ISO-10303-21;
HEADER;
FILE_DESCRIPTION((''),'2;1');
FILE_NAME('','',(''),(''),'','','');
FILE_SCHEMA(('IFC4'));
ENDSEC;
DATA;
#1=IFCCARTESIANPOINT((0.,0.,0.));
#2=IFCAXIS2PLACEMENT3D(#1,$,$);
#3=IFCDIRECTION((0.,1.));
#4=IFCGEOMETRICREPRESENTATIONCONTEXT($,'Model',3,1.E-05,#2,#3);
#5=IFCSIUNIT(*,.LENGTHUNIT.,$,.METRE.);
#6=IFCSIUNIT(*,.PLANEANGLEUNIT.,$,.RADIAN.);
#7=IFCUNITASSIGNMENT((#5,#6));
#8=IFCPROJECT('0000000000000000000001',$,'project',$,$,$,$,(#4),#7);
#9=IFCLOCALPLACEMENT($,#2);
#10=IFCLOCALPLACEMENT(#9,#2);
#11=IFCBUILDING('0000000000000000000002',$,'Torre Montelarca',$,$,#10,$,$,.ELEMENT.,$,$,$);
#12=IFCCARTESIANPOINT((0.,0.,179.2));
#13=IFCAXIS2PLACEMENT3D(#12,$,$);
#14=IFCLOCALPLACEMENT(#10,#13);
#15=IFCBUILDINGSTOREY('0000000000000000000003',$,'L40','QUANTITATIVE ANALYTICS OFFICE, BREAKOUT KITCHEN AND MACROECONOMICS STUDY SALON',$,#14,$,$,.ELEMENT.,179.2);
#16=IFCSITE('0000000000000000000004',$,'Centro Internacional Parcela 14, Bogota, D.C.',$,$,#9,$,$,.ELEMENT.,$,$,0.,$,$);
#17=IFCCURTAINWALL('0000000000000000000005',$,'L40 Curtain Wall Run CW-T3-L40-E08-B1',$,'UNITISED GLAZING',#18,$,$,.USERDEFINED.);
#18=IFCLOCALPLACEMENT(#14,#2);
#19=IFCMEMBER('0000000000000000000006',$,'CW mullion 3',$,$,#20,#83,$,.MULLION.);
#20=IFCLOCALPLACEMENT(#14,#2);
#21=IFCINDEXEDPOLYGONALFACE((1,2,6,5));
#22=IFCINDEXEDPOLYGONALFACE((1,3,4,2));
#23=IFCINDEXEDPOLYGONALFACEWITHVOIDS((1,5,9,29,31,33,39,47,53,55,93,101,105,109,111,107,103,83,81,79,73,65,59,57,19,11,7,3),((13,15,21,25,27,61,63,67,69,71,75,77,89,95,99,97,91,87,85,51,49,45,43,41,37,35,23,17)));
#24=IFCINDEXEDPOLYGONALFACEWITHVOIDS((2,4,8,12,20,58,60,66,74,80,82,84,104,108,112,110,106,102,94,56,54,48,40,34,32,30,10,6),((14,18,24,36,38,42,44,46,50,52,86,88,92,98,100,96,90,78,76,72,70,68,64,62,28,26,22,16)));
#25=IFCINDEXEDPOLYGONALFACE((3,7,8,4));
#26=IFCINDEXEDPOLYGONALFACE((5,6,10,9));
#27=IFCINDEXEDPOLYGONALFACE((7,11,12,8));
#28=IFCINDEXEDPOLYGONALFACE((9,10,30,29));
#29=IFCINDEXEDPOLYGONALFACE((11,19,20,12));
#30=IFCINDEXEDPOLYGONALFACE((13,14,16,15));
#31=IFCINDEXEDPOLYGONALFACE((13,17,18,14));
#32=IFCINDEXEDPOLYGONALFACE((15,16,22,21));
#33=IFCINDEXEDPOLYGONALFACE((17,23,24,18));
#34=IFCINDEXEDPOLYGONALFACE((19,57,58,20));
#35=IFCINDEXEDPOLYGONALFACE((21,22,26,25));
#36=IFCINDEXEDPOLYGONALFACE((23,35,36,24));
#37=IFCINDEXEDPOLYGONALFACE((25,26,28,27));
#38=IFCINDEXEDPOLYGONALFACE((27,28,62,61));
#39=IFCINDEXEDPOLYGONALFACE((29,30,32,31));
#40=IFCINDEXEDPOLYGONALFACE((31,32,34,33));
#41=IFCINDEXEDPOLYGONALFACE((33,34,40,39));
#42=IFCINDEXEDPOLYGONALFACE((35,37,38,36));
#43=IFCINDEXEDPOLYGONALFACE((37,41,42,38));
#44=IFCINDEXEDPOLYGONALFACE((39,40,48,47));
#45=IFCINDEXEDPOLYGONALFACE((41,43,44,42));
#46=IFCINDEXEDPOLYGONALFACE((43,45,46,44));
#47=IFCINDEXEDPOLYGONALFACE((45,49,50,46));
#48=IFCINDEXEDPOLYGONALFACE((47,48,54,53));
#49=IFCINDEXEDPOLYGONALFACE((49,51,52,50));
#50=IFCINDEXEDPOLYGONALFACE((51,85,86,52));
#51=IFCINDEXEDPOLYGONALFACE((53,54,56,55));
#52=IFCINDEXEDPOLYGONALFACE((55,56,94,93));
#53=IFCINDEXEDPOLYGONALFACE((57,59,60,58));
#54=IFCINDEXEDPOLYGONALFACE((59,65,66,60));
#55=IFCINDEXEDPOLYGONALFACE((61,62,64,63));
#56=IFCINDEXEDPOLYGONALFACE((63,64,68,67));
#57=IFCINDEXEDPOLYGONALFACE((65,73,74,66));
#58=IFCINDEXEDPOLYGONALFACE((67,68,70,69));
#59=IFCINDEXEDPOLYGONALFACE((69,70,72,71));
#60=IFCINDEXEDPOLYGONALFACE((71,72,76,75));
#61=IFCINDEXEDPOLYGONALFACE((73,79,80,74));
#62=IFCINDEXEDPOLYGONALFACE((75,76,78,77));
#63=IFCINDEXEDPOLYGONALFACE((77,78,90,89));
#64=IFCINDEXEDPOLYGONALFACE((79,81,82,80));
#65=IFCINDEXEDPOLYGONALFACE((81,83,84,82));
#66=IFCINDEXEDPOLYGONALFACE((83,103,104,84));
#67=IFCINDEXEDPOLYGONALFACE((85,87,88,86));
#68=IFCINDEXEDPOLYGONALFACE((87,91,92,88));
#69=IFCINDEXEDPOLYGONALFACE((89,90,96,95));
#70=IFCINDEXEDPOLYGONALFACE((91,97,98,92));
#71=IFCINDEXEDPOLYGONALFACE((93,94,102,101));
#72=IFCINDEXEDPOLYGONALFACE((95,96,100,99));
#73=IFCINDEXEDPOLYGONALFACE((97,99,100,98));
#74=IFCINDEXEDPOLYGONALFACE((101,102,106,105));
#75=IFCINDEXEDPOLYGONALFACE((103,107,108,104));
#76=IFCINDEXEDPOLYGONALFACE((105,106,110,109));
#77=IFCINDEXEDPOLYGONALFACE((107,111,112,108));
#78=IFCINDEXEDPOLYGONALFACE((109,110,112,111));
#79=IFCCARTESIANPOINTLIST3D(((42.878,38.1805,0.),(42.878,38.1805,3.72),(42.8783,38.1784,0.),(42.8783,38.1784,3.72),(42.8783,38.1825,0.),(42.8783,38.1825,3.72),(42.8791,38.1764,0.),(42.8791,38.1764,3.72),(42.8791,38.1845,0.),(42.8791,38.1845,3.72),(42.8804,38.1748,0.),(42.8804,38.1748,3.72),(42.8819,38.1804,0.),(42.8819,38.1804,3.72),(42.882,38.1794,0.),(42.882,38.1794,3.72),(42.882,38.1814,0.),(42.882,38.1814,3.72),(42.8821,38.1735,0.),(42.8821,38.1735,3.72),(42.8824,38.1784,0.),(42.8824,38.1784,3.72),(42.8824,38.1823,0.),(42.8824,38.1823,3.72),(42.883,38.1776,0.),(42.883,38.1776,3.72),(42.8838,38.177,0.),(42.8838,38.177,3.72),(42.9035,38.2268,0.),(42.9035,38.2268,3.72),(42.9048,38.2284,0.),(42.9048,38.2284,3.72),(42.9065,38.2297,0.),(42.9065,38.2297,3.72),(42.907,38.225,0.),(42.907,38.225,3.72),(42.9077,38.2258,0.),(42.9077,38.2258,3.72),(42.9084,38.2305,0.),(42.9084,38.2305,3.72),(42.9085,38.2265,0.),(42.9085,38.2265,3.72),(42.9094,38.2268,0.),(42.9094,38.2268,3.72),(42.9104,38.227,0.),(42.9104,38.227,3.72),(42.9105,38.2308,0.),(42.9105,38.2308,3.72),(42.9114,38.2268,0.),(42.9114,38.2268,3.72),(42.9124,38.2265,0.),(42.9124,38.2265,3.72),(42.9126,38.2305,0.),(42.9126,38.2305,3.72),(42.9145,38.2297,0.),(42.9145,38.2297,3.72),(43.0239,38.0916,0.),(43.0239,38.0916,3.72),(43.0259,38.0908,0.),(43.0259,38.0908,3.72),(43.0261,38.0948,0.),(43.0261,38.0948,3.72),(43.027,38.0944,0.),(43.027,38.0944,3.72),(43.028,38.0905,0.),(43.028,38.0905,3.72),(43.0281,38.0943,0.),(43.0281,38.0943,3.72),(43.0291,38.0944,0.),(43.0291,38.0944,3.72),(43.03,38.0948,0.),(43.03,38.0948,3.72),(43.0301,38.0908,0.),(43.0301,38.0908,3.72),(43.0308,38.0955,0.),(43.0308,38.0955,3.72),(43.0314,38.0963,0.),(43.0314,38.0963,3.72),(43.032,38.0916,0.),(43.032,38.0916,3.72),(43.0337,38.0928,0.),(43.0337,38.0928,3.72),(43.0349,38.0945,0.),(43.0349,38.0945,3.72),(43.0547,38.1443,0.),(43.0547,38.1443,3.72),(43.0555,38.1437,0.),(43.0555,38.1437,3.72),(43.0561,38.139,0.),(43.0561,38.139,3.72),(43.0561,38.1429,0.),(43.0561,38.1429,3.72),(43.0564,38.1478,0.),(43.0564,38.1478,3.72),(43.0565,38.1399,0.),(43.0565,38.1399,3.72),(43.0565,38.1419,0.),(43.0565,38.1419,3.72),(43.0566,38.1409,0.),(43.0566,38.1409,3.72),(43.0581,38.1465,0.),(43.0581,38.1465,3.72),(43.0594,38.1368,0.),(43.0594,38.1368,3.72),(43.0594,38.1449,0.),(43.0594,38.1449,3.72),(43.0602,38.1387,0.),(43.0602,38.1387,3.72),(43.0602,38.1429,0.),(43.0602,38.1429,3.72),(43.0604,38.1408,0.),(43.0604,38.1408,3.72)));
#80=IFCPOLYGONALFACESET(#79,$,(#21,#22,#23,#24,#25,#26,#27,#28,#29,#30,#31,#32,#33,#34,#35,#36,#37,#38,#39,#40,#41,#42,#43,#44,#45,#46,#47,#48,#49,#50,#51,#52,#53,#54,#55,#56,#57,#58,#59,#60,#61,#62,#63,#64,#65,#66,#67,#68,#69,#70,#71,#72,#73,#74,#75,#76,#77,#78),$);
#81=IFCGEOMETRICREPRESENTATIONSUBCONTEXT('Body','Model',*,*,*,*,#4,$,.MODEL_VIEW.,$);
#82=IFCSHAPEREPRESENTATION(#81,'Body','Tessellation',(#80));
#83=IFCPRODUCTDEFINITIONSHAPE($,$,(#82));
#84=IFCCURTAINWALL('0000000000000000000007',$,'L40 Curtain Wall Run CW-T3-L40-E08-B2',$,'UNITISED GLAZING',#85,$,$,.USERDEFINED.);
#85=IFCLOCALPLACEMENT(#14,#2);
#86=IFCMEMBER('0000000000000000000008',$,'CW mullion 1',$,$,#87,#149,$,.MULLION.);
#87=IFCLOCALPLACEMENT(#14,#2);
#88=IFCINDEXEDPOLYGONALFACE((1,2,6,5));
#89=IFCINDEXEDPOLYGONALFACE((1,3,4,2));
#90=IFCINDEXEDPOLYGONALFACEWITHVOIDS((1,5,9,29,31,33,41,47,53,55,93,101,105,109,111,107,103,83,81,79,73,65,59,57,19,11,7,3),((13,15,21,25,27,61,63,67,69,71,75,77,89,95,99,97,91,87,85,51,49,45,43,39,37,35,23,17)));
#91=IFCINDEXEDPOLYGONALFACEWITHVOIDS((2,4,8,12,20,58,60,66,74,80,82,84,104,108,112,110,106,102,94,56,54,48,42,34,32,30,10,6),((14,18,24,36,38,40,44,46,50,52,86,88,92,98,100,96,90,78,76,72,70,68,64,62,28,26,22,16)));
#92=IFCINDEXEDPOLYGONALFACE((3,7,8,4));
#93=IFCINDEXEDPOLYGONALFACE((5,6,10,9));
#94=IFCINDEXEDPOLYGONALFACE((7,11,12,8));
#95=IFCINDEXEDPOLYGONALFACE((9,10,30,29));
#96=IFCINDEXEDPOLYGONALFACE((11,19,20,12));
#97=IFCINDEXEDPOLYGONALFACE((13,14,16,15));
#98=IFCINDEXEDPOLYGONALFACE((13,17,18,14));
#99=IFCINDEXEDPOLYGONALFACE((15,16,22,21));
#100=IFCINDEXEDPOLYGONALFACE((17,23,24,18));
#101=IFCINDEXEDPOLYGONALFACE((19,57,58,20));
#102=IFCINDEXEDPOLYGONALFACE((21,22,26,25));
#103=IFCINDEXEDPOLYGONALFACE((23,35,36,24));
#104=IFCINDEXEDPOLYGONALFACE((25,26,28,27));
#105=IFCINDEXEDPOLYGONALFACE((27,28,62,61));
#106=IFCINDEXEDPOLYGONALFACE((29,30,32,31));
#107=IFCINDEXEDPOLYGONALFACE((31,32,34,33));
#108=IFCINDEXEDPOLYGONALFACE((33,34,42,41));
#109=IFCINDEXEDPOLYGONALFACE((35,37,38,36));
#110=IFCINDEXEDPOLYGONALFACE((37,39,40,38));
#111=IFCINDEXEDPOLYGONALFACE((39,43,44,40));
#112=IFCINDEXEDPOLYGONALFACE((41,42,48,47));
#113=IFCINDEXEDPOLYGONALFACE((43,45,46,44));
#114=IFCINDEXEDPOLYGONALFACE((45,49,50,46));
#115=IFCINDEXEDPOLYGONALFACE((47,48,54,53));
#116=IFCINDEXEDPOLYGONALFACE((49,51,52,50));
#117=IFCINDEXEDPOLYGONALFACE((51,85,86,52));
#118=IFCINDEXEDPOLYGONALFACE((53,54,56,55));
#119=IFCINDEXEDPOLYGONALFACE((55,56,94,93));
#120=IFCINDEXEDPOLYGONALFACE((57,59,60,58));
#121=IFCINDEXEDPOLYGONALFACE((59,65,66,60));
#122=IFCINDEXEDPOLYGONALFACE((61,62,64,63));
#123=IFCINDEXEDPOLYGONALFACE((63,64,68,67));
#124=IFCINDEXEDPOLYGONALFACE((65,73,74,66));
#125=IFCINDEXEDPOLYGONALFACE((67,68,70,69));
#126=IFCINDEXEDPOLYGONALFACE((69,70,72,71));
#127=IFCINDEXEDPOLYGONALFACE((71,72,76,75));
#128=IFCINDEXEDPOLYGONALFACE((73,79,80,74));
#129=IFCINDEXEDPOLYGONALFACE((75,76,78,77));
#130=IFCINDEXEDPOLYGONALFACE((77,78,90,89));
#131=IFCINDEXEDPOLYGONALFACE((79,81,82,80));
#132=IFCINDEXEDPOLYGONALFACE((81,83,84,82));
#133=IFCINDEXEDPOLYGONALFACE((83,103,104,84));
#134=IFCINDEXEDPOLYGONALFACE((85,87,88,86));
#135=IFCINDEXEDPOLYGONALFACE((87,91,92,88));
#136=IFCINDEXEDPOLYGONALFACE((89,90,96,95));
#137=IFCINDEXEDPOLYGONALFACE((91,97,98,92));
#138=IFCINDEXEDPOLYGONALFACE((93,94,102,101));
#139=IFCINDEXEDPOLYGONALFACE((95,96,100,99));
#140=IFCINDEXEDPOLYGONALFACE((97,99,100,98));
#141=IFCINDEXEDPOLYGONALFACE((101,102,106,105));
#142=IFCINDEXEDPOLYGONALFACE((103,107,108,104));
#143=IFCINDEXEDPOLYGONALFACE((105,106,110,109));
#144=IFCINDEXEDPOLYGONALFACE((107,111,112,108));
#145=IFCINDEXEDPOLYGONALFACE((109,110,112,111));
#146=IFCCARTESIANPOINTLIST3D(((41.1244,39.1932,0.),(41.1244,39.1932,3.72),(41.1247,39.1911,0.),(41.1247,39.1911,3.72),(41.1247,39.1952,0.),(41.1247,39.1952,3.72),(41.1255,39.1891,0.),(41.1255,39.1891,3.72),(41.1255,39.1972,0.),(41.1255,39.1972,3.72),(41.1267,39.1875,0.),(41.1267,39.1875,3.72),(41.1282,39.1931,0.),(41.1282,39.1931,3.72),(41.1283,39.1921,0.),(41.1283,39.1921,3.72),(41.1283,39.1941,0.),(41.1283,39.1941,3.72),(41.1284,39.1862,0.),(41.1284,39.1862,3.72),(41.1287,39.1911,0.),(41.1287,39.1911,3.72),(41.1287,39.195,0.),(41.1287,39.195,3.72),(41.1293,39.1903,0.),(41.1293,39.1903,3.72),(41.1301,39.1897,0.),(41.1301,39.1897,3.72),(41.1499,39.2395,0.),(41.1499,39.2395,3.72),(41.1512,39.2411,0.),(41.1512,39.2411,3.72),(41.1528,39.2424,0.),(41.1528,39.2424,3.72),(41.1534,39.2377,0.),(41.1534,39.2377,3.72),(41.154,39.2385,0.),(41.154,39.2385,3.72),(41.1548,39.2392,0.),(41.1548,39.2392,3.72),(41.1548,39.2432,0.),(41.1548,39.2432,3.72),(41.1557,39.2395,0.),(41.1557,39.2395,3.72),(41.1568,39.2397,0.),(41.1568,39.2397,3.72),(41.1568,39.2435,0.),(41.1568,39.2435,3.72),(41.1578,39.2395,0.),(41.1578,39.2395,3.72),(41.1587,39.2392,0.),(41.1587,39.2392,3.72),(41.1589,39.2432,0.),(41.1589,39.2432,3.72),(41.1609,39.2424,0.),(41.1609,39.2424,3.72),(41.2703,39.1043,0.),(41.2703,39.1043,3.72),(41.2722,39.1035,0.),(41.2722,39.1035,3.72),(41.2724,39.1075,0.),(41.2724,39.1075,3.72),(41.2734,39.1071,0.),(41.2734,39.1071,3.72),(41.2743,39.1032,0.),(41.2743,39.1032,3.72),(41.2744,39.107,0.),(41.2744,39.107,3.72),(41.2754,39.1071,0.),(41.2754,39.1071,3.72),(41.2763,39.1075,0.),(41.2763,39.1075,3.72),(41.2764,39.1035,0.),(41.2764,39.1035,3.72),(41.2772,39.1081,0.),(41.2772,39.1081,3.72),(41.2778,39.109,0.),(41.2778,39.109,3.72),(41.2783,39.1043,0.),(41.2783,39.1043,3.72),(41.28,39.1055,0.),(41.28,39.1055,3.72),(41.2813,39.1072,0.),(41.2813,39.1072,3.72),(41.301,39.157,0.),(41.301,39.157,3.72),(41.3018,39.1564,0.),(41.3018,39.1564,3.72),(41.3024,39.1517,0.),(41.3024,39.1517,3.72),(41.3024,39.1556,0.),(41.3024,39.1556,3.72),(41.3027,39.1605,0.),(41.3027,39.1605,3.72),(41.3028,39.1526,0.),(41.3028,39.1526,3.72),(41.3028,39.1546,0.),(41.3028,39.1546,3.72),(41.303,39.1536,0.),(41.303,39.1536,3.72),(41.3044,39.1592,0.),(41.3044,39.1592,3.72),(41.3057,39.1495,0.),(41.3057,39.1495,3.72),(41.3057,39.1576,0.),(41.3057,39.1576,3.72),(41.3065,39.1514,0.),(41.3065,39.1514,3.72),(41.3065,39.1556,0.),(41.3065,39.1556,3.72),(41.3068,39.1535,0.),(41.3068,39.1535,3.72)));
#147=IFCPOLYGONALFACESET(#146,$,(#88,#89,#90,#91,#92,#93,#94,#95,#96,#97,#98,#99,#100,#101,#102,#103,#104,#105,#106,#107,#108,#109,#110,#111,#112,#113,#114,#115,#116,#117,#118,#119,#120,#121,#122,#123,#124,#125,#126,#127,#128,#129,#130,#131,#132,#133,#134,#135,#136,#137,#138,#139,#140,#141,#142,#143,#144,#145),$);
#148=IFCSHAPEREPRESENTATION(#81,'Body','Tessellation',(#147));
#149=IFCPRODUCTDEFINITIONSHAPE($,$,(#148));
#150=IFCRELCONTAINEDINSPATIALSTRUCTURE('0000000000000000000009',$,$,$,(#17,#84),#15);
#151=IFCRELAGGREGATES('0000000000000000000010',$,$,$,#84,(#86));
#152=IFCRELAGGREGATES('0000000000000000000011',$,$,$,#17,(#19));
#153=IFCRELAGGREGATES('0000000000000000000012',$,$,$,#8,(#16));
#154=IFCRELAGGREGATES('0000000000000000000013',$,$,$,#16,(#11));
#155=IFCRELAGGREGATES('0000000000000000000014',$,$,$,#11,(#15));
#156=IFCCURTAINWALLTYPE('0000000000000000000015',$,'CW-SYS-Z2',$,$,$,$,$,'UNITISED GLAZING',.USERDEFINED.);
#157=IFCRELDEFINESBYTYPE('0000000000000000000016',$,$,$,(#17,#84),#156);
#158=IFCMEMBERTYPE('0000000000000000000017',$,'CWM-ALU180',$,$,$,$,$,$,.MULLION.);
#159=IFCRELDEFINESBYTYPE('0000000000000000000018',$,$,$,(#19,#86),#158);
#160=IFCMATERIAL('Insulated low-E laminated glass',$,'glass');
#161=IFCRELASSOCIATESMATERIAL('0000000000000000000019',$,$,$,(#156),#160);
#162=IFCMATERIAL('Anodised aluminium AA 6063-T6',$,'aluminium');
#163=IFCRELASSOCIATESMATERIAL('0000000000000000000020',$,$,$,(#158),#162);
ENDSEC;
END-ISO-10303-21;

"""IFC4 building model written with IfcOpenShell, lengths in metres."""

from ifc_helpers import new_model, si_unit, direction, frame, origin, origin_2d, place, context, subcontext, project, spatial, hollow_rectangle, extrude, source, transform, mapped, material, material_profile, profile_set, type_object, element, aggregate, save


model = new_model("IFC4")

# Units and contexts
model_context = context("Model", 3, precision=1e-05, world=origin(), true_north=direction((0.0, 1.0)))
body_context = subcontext(model_context, "Body", "Model", "MODEL_VIEW")
ifc_project = project(units=[si_unit("LENGTHUNIT", "METRE"), si_unit("PLANEANGLEUNIT", "RADIAN")], contexts=[model_context])

# Site, building, storey
site_placement = place(None, origin())
site = spatial("IfcSite", under=ifc_project, at=site_placement, Name="Centro Internacional Parcela 14, Bogota, D.C.", CompositionType="ELEMENT", RefElevation=0.0)
building_placement = place(site_placement, origin())
building = spatial("IfcBuilding", under=site, at=building_placement, Name="Torre Montelarca", CompositionType="ELEMENT")
storey_placement = place(building_placement, frame((0.0, 0.0, 179.2)))
storey = spatial("IfcBuildingStorey", under=building, at=storey_placement, Name="L40", Description="QUANTITATIVE ANALYTICS OFFICE, BREAKOUT KITCHEN AND MACROECONOMICS STUDY SALON", CompositionType="ELEMENT", Elevation=179.2)

# Curtain walls, members
ifc_material_1 = material(Name="Insulated low-E laminated glass", Category="glass")
curtain_wall_type = type_object("IfcCurtainWallType", Name="CW-SYS-Z2", ElementType="UNITISED GLAZING", PredefinedType="USERDEFINED", material=ifc_material_1)
ifc_material_2 = material(Name="Anodised aluminium AA 6063-T6", Category="aluminium")
ifc_material_profile_1 = material_profile(ifc_material_2, hollow_rectangle(XDim=0.0649, YDim=0.1799, WallThickness=0.0039, InnerFilletRadius=0.0039, OuterFilletRadius=0.0081, at=origin_2d()), Name="ALU65X180X4", Category="aluminium")
ifc_profile_set_1 = profile_set([ifc_material_profile_1], Name="Anodised aluminium AA 6063-T6")
member_type_1 = type_object("IfcMemberType", Name="CWM-ALU180", PredefinedType="MULLION", material=ifc_profile_set_1)
shared_shape_1 = source(origin(), body_context, "Body", "SweptSolid", [
    extrude(hollow_rectangle(XDim=0.0649, YDim=0.1799, WallThickness=0.0039, InnerFilletRadius=0.0039, OuterFilletRadius=0.0081, at=origin_2d()), origin(), (0.0, 0.0, 1.0), 3.72),
])
curtain_wall_1_placement = place(storey_placement, origin())
curtain_wall_1 = element("IfcCurtainWall", 1, at=curtain_wall_1_placement, inside=storey, type_object=curtain_wall_type, Name="L40 Curtain Wall Run CW-T3-L40-E08-B1", ObjectType="UNITISED GLAZING", PredefinedType="USERDEFINED")
member_1_placement = place(storey_placement, frame((42.9692, 38.1606, 0.0), z_axis=(0.0, 0.0, 1.0), x_axis=(-0.500001, -0.866025, 0.0)))
member_1 = element("IfcMember", 2, at=member_1_placement, type_object=member_type_1, Name="CW mullion 3", PredefinedType="MULLION", context=body_context, shape_type="MappedRepresentation", body=[
    mapped(shared_shape_1, transform((0.0, 0.0, 0.0), scale=1.0)),
])
curtain_wall_2_placement = place(storey_placement, origin())
curtain_wall_2 = element("IfcCurtainWall", 3, at=curtain_wall_2_placement, inside=storey, type_object=curtain_wall_type, Name="L40 Curtain Wall Run CW-T3-L40-E08-B2", ObjectType="UNITISED GLAZING", PredefinedType="USERDEFINED")
member_2_placement = place(storey_placement, frame((41.2156, 39.1733, 0.0), z_axis=(0.0, 0.0, 1.0), x_axis=(-0.499995, -0.866028, 0.0)))
member_2 = element("IfcMember", 4, at=member_2_placement, type_object=member_type_1, Name="CW mullion 1", PredefinedType="MULLION", context=body_context, shape_type="MappedRepresentation", body=[
    mapped(shared_shape_1, transform((0.0, 0.0, 0.0), scale=1.0)),
])

aggregate(curtain_wall_2, [member_2])
aggregate(curtain_wall_1, [member_1])

save(model, "model.ifc")
